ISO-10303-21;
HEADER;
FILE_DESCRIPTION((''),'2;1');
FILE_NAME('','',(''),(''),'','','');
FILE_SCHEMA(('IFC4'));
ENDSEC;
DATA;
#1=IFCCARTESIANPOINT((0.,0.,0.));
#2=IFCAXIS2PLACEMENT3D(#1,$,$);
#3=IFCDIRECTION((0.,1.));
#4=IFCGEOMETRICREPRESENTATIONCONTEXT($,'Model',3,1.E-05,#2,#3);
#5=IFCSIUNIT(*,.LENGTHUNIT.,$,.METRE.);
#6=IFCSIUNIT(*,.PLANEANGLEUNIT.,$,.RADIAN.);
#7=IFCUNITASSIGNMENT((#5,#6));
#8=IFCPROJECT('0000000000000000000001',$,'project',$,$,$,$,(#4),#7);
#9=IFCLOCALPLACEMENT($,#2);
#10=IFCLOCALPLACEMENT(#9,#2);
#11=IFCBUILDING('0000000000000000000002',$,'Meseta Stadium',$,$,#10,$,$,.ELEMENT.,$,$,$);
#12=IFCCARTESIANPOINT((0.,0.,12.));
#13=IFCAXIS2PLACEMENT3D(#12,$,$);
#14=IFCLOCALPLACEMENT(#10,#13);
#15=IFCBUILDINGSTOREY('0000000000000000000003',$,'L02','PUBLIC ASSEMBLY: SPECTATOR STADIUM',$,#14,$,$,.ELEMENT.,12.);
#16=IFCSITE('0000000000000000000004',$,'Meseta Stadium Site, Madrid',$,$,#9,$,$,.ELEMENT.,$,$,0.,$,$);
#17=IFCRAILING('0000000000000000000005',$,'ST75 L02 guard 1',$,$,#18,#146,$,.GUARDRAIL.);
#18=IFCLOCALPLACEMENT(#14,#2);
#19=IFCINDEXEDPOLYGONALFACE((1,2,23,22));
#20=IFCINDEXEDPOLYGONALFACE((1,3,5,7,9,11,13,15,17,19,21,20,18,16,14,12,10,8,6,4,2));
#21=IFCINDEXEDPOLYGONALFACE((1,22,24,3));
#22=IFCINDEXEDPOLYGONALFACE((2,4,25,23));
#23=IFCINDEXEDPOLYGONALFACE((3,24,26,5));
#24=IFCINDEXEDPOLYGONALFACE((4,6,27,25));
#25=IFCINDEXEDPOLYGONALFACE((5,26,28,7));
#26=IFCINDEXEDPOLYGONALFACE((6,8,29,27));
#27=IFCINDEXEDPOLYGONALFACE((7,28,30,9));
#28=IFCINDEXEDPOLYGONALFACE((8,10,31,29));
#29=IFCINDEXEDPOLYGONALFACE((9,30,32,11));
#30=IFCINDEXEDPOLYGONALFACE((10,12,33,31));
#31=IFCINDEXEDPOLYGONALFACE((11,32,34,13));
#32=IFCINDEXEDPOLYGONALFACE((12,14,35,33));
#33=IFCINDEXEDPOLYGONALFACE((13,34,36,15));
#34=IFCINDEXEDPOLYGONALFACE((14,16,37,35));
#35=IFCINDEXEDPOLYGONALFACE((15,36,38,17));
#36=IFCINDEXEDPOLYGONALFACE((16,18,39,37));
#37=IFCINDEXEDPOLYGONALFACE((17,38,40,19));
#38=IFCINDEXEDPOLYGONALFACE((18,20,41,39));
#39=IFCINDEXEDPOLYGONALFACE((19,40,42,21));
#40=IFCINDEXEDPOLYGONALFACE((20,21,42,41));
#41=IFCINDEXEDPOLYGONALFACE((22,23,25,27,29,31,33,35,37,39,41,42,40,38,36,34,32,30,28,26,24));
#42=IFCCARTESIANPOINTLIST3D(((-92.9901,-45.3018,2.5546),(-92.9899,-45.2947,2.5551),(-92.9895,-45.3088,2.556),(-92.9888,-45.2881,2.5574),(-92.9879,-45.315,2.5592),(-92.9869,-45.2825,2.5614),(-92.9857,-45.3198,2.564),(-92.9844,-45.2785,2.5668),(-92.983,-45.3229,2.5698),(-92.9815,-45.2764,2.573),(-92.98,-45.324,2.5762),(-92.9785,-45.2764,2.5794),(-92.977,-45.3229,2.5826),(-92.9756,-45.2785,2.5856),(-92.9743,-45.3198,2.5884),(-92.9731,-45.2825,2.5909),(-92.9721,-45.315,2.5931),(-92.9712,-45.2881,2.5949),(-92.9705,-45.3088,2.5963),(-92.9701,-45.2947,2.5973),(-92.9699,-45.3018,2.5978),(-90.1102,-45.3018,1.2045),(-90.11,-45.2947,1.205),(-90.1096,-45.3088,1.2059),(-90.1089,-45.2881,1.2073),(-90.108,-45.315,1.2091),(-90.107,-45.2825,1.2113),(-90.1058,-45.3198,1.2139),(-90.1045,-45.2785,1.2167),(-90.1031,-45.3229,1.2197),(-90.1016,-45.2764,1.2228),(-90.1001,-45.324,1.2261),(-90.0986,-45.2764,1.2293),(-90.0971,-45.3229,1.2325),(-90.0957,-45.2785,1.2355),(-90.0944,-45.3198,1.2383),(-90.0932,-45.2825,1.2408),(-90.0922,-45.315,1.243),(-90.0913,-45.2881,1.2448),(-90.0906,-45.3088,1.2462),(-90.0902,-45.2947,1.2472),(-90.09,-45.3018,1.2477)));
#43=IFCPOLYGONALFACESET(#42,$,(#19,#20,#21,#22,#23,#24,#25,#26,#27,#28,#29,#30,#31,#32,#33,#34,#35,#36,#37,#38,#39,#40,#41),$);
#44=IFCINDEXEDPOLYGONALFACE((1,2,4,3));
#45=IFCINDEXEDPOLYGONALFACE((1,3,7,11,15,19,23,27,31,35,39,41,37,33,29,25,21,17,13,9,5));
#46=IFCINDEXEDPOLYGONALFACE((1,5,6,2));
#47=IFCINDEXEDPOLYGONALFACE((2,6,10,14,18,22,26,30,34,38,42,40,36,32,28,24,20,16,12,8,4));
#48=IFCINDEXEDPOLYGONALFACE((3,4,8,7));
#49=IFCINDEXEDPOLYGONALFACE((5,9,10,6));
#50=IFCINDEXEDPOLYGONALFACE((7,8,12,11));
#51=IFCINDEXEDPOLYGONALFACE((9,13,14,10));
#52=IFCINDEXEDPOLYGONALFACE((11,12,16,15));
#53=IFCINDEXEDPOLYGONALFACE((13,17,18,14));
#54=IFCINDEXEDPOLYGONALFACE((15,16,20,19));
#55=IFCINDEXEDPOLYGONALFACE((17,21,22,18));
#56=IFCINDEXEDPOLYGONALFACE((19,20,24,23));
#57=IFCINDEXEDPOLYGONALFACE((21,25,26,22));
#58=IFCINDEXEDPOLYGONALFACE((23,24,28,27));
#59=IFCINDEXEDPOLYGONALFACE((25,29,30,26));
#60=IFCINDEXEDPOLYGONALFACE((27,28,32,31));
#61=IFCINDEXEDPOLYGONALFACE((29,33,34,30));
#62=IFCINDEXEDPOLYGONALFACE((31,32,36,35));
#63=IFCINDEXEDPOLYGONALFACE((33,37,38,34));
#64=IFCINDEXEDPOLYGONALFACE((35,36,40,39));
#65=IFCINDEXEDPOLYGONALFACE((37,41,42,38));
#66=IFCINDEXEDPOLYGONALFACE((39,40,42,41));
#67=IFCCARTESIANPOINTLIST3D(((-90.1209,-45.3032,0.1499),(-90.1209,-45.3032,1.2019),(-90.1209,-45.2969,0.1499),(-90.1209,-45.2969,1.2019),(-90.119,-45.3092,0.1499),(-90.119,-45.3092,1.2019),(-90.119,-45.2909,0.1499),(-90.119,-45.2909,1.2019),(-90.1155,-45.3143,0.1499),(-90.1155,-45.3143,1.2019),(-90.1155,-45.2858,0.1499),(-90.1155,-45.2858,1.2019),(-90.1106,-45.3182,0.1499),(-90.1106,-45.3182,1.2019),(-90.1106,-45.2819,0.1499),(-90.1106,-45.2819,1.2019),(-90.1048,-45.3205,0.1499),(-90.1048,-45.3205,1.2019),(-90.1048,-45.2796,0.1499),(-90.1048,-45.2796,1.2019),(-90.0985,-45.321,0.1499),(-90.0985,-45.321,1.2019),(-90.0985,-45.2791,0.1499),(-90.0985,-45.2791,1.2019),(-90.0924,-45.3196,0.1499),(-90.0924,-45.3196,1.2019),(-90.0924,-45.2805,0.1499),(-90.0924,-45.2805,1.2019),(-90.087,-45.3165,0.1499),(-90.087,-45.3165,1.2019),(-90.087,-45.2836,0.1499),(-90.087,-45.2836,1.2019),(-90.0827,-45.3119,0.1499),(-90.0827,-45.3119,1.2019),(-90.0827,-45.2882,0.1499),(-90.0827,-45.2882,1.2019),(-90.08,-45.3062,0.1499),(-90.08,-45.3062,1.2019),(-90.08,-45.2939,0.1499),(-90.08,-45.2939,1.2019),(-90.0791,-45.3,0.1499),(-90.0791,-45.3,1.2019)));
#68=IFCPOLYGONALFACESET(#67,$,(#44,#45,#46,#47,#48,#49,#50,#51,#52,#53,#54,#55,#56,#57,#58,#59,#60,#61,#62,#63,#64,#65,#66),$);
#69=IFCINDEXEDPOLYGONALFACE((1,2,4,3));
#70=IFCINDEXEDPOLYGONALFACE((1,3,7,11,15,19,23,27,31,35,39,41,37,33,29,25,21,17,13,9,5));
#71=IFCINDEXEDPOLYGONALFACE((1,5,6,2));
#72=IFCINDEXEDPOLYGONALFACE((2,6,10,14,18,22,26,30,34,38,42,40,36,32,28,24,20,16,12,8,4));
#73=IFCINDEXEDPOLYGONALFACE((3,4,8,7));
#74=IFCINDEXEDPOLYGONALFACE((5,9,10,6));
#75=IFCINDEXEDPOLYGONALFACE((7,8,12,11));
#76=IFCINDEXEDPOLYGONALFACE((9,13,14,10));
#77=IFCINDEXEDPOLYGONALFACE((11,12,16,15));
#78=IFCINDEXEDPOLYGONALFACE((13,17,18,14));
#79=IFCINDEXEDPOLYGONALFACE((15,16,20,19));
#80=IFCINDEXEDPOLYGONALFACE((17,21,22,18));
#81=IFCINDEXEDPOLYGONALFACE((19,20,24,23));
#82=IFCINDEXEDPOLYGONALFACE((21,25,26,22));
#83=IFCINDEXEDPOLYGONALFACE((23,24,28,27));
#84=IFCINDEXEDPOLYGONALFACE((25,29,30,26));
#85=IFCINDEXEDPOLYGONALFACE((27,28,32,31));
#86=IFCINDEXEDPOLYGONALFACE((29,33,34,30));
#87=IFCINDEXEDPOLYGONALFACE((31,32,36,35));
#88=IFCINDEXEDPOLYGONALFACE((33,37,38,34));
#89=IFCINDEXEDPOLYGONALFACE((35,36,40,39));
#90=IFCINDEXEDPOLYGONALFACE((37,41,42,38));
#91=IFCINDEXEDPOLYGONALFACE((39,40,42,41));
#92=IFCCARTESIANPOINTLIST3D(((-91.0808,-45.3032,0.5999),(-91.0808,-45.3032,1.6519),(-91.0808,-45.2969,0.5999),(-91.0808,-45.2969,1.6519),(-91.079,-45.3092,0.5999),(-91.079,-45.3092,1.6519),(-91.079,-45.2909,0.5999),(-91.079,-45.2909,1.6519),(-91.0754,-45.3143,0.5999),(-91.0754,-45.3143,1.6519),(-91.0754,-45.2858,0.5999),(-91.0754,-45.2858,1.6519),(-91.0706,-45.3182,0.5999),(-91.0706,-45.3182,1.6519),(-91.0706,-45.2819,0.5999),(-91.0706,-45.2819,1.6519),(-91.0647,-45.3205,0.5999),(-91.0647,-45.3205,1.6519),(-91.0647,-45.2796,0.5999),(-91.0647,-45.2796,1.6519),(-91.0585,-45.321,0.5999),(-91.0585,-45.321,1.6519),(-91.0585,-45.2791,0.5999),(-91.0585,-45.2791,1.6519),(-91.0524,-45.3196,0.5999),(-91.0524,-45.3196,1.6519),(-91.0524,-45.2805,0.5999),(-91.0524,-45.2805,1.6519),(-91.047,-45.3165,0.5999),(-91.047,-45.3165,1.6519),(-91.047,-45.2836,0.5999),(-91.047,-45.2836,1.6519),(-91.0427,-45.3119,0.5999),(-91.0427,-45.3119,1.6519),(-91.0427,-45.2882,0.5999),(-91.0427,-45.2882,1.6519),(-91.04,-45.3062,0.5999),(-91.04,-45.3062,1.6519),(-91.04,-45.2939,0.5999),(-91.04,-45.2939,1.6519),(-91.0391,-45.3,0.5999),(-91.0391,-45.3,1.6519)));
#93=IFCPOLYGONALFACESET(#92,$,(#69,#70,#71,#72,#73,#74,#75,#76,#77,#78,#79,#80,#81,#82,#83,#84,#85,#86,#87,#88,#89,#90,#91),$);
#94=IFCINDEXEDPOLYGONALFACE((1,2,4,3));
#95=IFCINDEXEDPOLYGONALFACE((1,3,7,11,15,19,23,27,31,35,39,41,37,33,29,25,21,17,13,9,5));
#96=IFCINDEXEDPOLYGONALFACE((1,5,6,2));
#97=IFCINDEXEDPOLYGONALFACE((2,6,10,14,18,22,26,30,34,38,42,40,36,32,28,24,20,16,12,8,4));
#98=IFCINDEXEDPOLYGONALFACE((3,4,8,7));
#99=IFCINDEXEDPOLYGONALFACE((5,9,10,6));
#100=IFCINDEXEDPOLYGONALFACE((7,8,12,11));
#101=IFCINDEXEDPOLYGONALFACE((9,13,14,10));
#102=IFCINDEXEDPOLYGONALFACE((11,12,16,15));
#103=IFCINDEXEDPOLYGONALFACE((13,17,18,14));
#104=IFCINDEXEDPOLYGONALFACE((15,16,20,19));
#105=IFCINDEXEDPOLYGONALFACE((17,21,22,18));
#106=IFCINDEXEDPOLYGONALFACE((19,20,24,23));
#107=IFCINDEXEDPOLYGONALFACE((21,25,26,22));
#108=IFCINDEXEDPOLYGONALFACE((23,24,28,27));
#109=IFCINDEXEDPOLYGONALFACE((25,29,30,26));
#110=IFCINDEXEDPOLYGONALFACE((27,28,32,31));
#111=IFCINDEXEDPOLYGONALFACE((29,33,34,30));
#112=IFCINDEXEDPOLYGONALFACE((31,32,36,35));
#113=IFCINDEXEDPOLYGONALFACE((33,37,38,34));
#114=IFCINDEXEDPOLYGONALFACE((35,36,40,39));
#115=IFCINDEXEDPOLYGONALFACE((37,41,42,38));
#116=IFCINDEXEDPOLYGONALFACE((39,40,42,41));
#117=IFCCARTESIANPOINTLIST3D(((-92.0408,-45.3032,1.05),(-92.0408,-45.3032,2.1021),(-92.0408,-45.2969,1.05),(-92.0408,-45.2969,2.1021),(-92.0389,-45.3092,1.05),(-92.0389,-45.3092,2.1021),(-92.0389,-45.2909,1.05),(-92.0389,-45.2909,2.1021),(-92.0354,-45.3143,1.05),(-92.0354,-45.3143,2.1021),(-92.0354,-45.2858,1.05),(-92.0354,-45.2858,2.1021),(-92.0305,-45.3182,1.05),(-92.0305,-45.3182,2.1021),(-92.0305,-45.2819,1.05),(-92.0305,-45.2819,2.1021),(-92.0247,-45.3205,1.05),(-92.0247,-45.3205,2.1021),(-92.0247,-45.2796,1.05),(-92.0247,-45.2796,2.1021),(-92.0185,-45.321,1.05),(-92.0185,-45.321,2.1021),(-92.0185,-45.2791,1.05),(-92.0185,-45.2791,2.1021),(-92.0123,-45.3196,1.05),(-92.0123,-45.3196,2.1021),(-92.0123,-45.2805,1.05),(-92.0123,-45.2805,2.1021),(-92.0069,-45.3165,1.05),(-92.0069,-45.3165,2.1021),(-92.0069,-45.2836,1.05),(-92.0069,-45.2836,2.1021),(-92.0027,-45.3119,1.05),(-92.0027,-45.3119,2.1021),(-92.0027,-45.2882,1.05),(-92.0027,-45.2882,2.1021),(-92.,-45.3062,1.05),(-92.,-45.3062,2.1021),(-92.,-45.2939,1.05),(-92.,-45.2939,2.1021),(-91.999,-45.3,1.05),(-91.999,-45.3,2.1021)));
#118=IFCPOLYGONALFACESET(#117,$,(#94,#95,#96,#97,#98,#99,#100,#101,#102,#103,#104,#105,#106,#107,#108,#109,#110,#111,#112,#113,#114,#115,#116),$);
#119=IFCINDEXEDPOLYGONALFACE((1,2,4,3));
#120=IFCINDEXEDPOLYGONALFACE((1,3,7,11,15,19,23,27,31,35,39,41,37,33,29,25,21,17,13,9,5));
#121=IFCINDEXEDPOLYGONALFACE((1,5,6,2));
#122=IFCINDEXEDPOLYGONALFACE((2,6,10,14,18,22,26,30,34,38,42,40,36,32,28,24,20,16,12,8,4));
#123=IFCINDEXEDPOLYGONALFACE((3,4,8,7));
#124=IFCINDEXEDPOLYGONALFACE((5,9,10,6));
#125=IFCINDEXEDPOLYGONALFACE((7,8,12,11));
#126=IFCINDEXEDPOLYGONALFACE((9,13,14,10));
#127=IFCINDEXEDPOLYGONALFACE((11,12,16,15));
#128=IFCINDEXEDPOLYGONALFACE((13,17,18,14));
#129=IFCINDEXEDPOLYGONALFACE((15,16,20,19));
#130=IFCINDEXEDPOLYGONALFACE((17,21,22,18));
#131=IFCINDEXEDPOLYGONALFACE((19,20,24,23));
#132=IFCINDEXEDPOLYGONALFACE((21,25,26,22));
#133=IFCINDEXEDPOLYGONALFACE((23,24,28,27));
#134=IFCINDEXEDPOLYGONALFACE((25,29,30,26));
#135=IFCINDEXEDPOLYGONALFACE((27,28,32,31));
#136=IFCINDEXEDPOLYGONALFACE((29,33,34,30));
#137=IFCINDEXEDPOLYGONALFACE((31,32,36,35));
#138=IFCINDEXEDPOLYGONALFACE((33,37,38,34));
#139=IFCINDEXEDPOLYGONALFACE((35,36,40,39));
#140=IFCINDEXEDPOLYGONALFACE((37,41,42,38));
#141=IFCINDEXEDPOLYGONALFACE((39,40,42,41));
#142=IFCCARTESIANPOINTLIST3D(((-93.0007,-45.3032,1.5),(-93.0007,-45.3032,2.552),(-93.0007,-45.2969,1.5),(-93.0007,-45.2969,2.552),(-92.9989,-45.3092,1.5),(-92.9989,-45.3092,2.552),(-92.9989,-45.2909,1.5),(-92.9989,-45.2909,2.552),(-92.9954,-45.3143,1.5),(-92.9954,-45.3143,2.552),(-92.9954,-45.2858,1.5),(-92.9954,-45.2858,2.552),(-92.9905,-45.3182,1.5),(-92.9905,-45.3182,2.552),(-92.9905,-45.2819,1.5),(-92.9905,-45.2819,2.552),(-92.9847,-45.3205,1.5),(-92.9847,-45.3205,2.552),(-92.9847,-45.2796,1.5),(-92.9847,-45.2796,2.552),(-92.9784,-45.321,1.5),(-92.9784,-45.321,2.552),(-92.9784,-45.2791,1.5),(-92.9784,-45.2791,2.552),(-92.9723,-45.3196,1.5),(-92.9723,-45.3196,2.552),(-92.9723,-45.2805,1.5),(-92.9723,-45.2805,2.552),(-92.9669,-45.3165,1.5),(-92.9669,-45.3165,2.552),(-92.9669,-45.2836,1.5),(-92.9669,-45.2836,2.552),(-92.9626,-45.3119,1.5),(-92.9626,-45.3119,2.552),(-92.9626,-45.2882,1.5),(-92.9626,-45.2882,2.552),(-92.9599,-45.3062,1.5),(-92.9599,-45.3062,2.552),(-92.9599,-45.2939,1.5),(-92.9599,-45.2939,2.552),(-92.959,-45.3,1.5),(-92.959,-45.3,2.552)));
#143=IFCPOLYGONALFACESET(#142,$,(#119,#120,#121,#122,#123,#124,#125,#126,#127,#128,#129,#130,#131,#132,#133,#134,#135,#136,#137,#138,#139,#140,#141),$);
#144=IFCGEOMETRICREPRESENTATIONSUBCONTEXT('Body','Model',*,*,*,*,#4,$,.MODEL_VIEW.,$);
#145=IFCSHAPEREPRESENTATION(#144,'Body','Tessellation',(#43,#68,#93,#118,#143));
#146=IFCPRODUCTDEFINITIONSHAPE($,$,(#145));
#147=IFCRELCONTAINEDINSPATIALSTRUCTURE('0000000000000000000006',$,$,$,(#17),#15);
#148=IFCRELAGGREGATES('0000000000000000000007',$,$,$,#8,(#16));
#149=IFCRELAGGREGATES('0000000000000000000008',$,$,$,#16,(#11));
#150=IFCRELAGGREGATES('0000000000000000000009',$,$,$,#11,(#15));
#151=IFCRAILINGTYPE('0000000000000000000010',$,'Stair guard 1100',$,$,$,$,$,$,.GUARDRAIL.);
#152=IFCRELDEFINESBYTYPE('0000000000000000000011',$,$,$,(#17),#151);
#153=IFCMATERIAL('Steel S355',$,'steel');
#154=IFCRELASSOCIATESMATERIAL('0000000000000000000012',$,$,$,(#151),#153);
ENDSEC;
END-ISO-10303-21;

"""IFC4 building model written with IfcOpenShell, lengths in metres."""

from ifc_helpers import new_model, si_unit, direction, frame, origin, origin_2d, place, context, subcontext, project, spatial, circle, extrude, material, type_object, element, save


model = new_model("IFC4")

# Units and contexts
model_context = context("Model", 3, precision=1e-05, world=origin(), true_north=direction((0.0, 1.0)))
body_context = subcontext(model_context, "Body", "Model", "MODEL_VIEW")
ifc_project = project(units=[si_unit("LENGTHUNIT", "METRE"), si_unit("PLANEANGLEUNIT", "RADIAN")], contexts=[model_context])

# Site, building, storey
site_placement = place(None, origin())
site = spatial("IfcSite", under=ifc_project, at=site_placement, Name="Meseta Stadium Site, Madrid", CompositionType="ELEMENT", RefElevation=0.0)
building_placement = place(site_placement, origin())
building = spatial("IfcBuilding", under=site, at=building_placement, Name="Meseta Stadium", CompositionType="ELEMENT")
storey_placement = place(building_placement, frame((0.0, 0.0, 12.0)))
storey = spatial("IfcBuildingStorey", under=building, at=storey_placement, Name="L02", Description="PUBLIC ASSEMBLY: SPECTATOR STADIUM", CompositionType="ELEMENT", Elevation=12.0)

# Railing
ifc_material_1 = material(Name="Steel S355", Category="steel")
railing_type_1 = type_object("IfcRailingType", Name="Stair guard 1100", PredefinedType="GUARDRAIL", material=ifc_material_1)
railing_1_placement = place(storey_placement, frame((-90.1001, -45.3, 0.1499)))
element("IfcRailing", 1, at=railing_1_placement, inside=storey, type_object=railing_type_1, Name="ST75 L02 guard 1", PredefinedType="GUARDRAIL", context=body_context, shape_type="SweptSolid", body=[
    extrude(circle(Radius=0.0239, at=origin_2d()), frame((0.0, 0.0, 1.0762), z_axis=(-0.90544, 0.0, 0.424473), x_axis=(0.0, -1.0, 0.0)), (0.0, 0.0, 1.0), 3.1807),
    extrude(circle(Radius=0.021, at=origin_2d()), origin(), (0.0, 0.0, 1.0), 1.052),
    extrude(circle(Radius=0.021, at=origin_2d()), frame((-0.96, 0.0, 0.45)), (0.0, 0.0, 1.0), 1.052),
    extrude(circle(Radius=0.021, at=origin_2d()), frame((-1.9199, 0.0, 0.9001)), (0.0, 0.0, 1.0), 1.052),
    extrude(circle(Radius=0.021, at=origin_2d()), frame((-2.8799, 0.0, 1.3501)), (0.0, 0.0, 1.0), 1.052),
])

save(model, "model.ifc")
